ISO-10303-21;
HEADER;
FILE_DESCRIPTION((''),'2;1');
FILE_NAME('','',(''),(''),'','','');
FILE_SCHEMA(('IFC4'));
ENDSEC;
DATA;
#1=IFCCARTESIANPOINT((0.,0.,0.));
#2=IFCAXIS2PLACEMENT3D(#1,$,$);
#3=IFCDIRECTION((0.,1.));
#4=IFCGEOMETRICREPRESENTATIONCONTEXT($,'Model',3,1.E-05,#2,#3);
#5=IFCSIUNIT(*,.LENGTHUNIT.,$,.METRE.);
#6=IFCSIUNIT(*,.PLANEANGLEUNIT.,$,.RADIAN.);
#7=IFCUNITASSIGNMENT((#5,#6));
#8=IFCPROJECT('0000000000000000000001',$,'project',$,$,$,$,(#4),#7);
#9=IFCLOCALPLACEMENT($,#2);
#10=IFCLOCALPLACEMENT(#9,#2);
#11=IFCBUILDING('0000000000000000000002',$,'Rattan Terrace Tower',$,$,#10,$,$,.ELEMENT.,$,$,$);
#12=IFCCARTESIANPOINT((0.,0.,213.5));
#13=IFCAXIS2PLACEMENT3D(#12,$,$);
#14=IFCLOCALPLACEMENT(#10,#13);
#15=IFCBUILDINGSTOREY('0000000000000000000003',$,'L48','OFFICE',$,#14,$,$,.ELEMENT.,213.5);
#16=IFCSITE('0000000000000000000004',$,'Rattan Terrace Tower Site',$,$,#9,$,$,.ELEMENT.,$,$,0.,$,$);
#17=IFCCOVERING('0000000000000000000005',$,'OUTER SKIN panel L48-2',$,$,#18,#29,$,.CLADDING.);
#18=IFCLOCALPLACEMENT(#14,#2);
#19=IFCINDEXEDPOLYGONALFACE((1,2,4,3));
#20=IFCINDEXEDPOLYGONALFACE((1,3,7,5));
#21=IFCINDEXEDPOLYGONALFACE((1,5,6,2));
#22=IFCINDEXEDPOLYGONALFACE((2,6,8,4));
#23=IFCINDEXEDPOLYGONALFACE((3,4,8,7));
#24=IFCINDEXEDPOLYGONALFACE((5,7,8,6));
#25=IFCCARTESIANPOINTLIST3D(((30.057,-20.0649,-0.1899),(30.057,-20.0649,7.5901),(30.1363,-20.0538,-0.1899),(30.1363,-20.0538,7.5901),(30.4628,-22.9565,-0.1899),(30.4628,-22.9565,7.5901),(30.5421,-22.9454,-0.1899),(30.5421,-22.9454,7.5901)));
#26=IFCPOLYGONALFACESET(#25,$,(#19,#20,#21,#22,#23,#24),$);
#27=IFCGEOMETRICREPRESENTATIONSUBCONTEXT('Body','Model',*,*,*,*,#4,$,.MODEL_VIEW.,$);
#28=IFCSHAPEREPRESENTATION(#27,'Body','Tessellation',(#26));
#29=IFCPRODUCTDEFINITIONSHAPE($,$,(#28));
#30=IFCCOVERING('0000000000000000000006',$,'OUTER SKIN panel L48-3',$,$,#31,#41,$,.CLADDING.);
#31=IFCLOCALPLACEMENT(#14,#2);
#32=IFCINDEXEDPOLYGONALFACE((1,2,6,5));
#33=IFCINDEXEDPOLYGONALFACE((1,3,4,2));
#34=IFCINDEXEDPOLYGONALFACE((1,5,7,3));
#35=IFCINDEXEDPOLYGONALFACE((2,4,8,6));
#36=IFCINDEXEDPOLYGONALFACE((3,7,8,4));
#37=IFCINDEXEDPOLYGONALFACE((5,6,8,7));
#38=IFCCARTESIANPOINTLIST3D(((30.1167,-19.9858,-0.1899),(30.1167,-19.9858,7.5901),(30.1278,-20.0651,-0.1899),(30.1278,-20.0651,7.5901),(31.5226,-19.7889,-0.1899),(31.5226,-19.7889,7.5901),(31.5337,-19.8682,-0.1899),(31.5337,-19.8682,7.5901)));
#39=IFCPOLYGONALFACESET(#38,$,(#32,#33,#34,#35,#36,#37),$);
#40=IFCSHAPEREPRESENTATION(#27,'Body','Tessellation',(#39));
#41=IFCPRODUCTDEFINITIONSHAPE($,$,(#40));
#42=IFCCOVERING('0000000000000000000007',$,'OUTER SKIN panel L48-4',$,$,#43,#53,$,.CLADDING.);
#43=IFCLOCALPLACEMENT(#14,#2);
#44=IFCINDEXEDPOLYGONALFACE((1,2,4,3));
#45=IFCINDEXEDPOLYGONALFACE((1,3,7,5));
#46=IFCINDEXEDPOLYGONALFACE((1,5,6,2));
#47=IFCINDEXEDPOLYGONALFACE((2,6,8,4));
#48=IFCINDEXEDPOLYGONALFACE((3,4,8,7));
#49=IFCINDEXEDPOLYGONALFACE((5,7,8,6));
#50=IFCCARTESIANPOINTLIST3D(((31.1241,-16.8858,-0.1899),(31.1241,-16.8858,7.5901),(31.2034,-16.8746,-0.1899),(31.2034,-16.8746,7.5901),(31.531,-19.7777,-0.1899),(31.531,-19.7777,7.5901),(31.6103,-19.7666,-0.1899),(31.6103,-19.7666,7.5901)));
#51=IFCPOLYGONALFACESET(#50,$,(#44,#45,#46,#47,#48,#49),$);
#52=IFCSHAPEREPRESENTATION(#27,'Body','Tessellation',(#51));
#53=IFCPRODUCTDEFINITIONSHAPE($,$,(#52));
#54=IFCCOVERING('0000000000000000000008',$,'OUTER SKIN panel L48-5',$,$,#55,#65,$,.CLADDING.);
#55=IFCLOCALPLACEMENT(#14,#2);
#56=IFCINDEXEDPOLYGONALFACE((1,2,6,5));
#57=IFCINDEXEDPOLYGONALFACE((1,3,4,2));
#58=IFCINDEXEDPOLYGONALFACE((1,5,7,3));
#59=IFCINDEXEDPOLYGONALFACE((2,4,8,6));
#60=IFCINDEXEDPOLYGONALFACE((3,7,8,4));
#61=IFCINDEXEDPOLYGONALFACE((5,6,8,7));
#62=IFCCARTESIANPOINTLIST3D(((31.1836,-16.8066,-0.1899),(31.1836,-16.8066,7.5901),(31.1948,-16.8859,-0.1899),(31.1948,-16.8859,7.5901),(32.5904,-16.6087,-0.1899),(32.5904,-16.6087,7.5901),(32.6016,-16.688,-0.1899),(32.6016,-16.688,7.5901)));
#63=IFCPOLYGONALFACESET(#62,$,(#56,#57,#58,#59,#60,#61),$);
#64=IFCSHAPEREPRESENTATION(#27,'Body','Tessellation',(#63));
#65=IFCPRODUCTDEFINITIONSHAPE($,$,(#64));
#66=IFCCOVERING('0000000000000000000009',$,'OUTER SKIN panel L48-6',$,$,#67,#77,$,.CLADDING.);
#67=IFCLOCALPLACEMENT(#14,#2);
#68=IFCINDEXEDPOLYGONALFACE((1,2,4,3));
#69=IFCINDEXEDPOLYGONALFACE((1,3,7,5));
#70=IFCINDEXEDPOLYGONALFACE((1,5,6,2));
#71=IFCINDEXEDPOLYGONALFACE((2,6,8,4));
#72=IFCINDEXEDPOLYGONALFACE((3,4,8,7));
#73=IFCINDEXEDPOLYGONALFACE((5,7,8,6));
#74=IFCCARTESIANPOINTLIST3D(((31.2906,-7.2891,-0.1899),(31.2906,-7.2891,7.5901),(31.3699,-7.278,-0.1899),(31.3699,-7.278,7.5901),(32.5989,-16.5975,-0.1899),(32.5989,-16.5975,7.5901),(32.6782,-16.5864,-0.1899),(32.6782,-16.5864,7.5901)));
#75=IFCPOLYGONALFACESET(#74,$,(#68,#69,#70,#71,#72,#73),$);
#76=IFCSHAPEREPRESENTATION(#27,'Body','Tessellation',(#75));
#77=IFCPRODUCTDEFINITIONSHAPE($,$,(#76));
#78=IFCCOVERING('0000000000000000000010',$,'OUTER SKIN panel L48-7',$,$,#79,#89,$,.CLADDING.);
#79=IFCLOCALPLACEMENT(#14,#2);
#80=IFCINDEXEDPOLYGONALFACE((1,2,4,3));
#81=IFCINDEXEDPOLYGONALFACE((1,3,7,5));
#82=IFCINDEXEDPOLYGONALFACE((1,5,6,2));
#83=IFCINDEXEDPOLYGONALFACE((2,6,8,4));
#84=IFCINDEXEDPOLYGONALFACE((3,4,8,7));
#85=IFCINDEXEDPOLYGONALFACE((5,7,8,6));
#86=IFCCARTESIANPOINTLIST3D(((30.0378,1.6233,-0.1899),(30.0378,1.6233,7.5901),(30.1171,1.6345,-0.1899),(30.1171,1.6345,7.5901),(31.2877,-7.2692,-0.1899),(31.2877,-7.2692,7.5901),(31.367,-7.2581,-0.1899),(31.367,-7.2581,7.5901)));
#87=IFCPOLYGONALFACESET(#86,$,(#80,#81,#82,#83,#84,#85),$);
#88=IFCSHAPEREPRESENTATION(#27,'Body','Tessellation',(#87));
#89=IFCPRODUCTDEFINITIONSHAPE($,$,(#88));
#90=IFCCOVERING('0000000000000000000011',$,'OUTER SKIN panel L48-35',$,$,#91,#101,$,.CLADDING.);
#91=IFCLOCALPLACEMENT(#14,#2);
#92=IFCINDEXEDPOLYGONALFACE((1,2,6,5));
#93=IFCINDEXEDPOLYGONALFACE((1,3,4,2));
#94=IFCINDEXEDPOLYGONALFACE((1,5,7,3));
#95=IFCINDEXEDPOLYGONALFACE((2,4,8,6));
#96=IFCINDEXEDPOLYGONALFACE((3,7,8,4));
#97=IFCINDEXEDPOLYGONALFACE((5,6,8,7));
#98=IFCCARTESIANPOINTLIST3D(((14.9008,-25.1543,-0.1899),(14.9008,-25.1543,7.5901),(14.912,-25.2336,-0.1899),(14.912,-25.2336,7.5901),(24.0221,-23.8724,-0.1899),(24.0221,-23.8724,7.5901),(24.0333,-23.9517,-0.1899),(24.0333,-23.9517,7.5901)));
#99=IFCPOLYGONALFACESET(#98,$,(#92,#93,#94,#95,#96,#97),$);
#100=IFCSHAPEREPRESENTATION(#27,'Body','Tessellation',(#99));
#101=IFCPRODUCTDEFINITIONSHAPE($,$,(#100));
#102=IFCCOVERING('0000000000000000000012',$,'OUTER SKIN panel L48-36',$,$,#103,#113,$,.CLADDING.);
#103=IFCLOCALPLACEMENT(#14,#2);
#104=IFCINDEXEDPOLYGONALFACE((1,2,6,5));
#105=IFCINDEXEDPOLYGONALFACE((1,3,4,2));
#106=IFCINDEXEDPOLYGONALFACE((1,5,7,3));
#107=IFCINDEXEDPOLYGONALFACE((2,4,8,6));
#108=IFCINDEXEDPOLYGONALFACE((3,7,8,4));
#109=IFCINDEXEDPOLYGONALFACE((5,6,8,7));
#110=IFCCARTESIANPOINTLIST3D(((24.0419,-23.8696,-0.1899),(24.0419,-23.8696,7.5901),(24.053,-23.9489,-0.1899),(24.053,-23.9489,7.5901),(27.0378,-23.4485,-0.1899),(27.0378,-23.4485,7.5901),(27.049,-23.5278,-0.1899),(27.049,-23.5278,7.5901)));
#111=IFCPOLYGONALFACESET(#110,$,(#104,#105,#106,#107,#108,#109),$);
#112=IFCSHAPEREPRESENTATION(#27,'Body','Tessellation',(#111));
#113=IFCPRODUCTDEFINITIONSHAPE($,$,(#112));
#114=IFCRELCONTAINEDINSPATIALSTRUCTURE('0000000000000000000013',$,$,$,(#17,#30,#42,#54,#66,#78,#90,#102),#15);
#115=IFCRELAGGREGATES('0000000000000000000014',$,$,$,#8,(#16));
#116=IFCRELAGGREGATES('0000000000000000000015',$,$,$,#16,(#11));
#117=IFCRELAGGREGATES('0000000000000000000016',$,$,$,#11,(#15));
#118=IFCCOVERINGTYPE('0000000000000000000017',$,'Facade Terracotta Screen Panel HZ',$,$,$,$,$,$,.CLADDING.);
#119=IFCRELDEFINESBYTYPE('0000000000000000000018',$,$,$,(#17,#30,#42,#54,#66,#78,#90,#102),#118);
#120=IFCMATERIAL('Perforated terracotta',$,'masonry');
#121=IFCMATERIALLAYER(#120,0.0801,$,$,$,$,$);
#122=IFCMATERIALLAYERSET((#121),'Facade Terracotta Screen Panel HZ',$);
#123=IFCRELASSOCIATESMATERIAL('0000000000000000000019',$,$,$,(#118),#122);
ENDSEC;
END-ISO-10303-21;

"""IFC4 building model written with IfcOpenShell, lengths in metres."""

from ifc_helpers import new_model, si_unit, direction, frame, origin, origin_2d, place, context, subcontext, project, spatial, rectangle, extrude, material, layer, layer_set, type_object, element, save


model = new_model("IFC4")

# Units and contexts
model_context = context("Model", 3, precision=1e-05, world=origin(), true_north=direction((0.0, 1.0)))
body_context = subcontext(model_context, "Body", "Model", "MODEL_VIEW")
ifc_project = project(units=[si_unit("LENGTHUNIT", "METRE"), si_unit("PLANEANGLEUNIT", "RADIAN")], contexts=[model_context])

# Site, building, storey
site_placement = place(None, origin())
site = spatial("IfcSite", under=ifc_project, at=site_placement, Name="Rattan Terrace Tower Site", CompositionType="ELEMENT", RefElevation=0.0)
building_placement = place(site_placement, origin())
building = spatial("IfcBuilding", under=site, at=building_placement, Name="Rattan Terrace Tower", CompositionType="ELEMENT")
storey_placement = place(building_placement, frame((0.0, 0.0, 213.5)))
storey = spatial("IfcBuildingStorey", under=building, at=storey_placement, Name="L48", Description="OFFICE", CompositionType="ELEMENT", Elevation=213.5)

# Coverings
ifc_material_1 = material(Name="Perforated terracotta", Category="masonry")
ifc_layer_1 = layer(ifc_material_1, 0.0801)
ifc_layer_set_1 = layer_set([ifc_layer_1], Name="Facade Terracotta Screen Panel HZ")
covering_type = type_object("IfcCoveringType", Name="Facade Terracotta Screen Panel HZ", PredefinedType="CLADDING", material=ifc_layer_set_1)
covering_1_placement = place(storey_placement, frame((30.2996, -21.5051, -0.1899), z_axis=(0.0, 0.0, 1.0), x_axis=(-0.138994, 0.990293, 0.0)))
element("IfcCovering", 1, at=covering_1_placement, inside=storey, type_object=covering_type, Name="OUTER SKIN panel L48-2", PredefinedType="CLADDING", context=body_context, shape_type="SweptSolid", body=[
    extrude(rectangle(XDim=2.9199, YDim=0.0801, at=origin_2d()), origin(), (0.0, 0.0, 1.0), 7.78),
])
covering_2_placement = place(storey_placement, frame((30.8252, -19.927, -0.1899), z_axis=(0.0, 0.0, 1.0), x_axis=(0.990333, 0.138713, 0.0)))
element("IfcCovering", 2, at=covering_2_placement, inside=storey, type_object=covering_type, Name="OUTER SKIN panel L48-3", PredefinedType="CLADDING", context=body_context, shape_type="SweptSolid", body=[
    extrude(rectangle(XDim=1.4197, YDim=0.0801, at=origin_2d()), origin(), (0.0, 0.0, 1.0), 7.78),
])
covering_3_placement = place(storey_placement, frame((31.3672, -18.3262, -0.1899), z_axis=(0.0, 0.0, 1.0), x_axis=(-0.139321, 0.990247, 0.0)))
element("IfcCovering", 3, at=covering_3_placement, inside=storey, type_object=covering_type, Name="OUTER SKIN panel L48-4", PredefinedType="CLADDING", context=body_context, shape_type="SweptSolid", body=[
    extrude(rectangle(XDim=2.9204, YDim=0.0801, at=origin_2d()), origin(), (0.0, 0.0, 1.0), 7.78),
])
covering_4_placement = place(storey_placement, frame((31.8926, -16.7473, -0.1899), z_axis=(0.0, 0.0, 1.0), x_axis=(0.990254, 0.139275, 0.0)))
element("IfcCovering", 4, at=covering_4_placement, inside=storey, type_object=covering_type, Name="OUTER SKIN panel L48-5", PredefinedType="CLADDING", context=body_context, shape_type="SweptSolid", body=[
    extrude(rectangle(XDim=1.4207, YDim=0.0801, at=origin_2d()), origin(), (0.0, 0.0, 1.0), 7.78),
])
covering_5_placement = place(storey_placement, frame((31.9844, -11.9377, -0.1899), z_axis=(0.0, 0.0, 1.0), x_axis=(-0.139186, 0.990266, 0.0)))
element("IfcCovering", 5, at=covering_5_placement, inside=storey, type_object=covering_type, Name="OUTER SKIN panel L48-6", PredefinedType="CLADDING", context=body_context, shape_type="SweptSolid", body=[
    extrude(rectangle(XDim=9.3999, YDim=0.0801, at=origin_2d()), origin(), (0.0, 0.0, 1.0), 7.78),
])
covering_6_placement = place(storey_placement, frame((30.7024, -2.8174, -0.1899), z_axis=(0.0, 0.0, 1.0), x_axis=(-0.139186, 0.990266, 0.0)))
element("IfcCovering", 6, at=covering_6_placement, inside=storey, type_object=covering_type, Name="OUTER SKIN panel L48-7", PredefinedType="CLADDING", context=body_context, shape_type="SweptSolid", body=[
    extrude(rectangle(XDim=8.98, YDim=0.0801, at=origin_2d()), origin(), (0.0, 0.0, 1.0), 7.78),
])
covering_7_placement = place(storey_placement, frame((19.467, -24.553, -0.1899), z_axis=(0.0, 0.0, 1.0), x_axis=(0.990267, 0.139177, 0.0)))
element("IfcCovering", 7, at=covering_7_placement, inside=storey, type_object=covering_type, Name="OUTER SKIN panel L48-35", PredefinedType="CLADDING", context=body_context, shape_type="SweptSolid", body=[
    extrude(rectangle(XDim=9.2109, YDim=0.0801, at=origin_2d()), origin(), (0.0, 0.0, 1.0), 7.78),
])
covering_8_placement = place(storey_placement, frame((25.5454, -23.6987, -0.1899), z_axis=(0.0, 0.0, 1.0), x_axis=(0.990267, 0.139177, 0.0)))
element("IfcCovering", 8, at=covering_8_placement, inside=storey, type_object=covering_type, Name="OUTER SKIN panel L48-36", PredefinedType="CLADDING", context=body_context, shape_type="SweptSolid", body=[
    extrude(rectangle(XDim=3.0254, YDim=0.0801, at=origin_2d()), origin(), (0.0, 0.0, 1.0), 7.78),
])

save(model, "model.ifc")
